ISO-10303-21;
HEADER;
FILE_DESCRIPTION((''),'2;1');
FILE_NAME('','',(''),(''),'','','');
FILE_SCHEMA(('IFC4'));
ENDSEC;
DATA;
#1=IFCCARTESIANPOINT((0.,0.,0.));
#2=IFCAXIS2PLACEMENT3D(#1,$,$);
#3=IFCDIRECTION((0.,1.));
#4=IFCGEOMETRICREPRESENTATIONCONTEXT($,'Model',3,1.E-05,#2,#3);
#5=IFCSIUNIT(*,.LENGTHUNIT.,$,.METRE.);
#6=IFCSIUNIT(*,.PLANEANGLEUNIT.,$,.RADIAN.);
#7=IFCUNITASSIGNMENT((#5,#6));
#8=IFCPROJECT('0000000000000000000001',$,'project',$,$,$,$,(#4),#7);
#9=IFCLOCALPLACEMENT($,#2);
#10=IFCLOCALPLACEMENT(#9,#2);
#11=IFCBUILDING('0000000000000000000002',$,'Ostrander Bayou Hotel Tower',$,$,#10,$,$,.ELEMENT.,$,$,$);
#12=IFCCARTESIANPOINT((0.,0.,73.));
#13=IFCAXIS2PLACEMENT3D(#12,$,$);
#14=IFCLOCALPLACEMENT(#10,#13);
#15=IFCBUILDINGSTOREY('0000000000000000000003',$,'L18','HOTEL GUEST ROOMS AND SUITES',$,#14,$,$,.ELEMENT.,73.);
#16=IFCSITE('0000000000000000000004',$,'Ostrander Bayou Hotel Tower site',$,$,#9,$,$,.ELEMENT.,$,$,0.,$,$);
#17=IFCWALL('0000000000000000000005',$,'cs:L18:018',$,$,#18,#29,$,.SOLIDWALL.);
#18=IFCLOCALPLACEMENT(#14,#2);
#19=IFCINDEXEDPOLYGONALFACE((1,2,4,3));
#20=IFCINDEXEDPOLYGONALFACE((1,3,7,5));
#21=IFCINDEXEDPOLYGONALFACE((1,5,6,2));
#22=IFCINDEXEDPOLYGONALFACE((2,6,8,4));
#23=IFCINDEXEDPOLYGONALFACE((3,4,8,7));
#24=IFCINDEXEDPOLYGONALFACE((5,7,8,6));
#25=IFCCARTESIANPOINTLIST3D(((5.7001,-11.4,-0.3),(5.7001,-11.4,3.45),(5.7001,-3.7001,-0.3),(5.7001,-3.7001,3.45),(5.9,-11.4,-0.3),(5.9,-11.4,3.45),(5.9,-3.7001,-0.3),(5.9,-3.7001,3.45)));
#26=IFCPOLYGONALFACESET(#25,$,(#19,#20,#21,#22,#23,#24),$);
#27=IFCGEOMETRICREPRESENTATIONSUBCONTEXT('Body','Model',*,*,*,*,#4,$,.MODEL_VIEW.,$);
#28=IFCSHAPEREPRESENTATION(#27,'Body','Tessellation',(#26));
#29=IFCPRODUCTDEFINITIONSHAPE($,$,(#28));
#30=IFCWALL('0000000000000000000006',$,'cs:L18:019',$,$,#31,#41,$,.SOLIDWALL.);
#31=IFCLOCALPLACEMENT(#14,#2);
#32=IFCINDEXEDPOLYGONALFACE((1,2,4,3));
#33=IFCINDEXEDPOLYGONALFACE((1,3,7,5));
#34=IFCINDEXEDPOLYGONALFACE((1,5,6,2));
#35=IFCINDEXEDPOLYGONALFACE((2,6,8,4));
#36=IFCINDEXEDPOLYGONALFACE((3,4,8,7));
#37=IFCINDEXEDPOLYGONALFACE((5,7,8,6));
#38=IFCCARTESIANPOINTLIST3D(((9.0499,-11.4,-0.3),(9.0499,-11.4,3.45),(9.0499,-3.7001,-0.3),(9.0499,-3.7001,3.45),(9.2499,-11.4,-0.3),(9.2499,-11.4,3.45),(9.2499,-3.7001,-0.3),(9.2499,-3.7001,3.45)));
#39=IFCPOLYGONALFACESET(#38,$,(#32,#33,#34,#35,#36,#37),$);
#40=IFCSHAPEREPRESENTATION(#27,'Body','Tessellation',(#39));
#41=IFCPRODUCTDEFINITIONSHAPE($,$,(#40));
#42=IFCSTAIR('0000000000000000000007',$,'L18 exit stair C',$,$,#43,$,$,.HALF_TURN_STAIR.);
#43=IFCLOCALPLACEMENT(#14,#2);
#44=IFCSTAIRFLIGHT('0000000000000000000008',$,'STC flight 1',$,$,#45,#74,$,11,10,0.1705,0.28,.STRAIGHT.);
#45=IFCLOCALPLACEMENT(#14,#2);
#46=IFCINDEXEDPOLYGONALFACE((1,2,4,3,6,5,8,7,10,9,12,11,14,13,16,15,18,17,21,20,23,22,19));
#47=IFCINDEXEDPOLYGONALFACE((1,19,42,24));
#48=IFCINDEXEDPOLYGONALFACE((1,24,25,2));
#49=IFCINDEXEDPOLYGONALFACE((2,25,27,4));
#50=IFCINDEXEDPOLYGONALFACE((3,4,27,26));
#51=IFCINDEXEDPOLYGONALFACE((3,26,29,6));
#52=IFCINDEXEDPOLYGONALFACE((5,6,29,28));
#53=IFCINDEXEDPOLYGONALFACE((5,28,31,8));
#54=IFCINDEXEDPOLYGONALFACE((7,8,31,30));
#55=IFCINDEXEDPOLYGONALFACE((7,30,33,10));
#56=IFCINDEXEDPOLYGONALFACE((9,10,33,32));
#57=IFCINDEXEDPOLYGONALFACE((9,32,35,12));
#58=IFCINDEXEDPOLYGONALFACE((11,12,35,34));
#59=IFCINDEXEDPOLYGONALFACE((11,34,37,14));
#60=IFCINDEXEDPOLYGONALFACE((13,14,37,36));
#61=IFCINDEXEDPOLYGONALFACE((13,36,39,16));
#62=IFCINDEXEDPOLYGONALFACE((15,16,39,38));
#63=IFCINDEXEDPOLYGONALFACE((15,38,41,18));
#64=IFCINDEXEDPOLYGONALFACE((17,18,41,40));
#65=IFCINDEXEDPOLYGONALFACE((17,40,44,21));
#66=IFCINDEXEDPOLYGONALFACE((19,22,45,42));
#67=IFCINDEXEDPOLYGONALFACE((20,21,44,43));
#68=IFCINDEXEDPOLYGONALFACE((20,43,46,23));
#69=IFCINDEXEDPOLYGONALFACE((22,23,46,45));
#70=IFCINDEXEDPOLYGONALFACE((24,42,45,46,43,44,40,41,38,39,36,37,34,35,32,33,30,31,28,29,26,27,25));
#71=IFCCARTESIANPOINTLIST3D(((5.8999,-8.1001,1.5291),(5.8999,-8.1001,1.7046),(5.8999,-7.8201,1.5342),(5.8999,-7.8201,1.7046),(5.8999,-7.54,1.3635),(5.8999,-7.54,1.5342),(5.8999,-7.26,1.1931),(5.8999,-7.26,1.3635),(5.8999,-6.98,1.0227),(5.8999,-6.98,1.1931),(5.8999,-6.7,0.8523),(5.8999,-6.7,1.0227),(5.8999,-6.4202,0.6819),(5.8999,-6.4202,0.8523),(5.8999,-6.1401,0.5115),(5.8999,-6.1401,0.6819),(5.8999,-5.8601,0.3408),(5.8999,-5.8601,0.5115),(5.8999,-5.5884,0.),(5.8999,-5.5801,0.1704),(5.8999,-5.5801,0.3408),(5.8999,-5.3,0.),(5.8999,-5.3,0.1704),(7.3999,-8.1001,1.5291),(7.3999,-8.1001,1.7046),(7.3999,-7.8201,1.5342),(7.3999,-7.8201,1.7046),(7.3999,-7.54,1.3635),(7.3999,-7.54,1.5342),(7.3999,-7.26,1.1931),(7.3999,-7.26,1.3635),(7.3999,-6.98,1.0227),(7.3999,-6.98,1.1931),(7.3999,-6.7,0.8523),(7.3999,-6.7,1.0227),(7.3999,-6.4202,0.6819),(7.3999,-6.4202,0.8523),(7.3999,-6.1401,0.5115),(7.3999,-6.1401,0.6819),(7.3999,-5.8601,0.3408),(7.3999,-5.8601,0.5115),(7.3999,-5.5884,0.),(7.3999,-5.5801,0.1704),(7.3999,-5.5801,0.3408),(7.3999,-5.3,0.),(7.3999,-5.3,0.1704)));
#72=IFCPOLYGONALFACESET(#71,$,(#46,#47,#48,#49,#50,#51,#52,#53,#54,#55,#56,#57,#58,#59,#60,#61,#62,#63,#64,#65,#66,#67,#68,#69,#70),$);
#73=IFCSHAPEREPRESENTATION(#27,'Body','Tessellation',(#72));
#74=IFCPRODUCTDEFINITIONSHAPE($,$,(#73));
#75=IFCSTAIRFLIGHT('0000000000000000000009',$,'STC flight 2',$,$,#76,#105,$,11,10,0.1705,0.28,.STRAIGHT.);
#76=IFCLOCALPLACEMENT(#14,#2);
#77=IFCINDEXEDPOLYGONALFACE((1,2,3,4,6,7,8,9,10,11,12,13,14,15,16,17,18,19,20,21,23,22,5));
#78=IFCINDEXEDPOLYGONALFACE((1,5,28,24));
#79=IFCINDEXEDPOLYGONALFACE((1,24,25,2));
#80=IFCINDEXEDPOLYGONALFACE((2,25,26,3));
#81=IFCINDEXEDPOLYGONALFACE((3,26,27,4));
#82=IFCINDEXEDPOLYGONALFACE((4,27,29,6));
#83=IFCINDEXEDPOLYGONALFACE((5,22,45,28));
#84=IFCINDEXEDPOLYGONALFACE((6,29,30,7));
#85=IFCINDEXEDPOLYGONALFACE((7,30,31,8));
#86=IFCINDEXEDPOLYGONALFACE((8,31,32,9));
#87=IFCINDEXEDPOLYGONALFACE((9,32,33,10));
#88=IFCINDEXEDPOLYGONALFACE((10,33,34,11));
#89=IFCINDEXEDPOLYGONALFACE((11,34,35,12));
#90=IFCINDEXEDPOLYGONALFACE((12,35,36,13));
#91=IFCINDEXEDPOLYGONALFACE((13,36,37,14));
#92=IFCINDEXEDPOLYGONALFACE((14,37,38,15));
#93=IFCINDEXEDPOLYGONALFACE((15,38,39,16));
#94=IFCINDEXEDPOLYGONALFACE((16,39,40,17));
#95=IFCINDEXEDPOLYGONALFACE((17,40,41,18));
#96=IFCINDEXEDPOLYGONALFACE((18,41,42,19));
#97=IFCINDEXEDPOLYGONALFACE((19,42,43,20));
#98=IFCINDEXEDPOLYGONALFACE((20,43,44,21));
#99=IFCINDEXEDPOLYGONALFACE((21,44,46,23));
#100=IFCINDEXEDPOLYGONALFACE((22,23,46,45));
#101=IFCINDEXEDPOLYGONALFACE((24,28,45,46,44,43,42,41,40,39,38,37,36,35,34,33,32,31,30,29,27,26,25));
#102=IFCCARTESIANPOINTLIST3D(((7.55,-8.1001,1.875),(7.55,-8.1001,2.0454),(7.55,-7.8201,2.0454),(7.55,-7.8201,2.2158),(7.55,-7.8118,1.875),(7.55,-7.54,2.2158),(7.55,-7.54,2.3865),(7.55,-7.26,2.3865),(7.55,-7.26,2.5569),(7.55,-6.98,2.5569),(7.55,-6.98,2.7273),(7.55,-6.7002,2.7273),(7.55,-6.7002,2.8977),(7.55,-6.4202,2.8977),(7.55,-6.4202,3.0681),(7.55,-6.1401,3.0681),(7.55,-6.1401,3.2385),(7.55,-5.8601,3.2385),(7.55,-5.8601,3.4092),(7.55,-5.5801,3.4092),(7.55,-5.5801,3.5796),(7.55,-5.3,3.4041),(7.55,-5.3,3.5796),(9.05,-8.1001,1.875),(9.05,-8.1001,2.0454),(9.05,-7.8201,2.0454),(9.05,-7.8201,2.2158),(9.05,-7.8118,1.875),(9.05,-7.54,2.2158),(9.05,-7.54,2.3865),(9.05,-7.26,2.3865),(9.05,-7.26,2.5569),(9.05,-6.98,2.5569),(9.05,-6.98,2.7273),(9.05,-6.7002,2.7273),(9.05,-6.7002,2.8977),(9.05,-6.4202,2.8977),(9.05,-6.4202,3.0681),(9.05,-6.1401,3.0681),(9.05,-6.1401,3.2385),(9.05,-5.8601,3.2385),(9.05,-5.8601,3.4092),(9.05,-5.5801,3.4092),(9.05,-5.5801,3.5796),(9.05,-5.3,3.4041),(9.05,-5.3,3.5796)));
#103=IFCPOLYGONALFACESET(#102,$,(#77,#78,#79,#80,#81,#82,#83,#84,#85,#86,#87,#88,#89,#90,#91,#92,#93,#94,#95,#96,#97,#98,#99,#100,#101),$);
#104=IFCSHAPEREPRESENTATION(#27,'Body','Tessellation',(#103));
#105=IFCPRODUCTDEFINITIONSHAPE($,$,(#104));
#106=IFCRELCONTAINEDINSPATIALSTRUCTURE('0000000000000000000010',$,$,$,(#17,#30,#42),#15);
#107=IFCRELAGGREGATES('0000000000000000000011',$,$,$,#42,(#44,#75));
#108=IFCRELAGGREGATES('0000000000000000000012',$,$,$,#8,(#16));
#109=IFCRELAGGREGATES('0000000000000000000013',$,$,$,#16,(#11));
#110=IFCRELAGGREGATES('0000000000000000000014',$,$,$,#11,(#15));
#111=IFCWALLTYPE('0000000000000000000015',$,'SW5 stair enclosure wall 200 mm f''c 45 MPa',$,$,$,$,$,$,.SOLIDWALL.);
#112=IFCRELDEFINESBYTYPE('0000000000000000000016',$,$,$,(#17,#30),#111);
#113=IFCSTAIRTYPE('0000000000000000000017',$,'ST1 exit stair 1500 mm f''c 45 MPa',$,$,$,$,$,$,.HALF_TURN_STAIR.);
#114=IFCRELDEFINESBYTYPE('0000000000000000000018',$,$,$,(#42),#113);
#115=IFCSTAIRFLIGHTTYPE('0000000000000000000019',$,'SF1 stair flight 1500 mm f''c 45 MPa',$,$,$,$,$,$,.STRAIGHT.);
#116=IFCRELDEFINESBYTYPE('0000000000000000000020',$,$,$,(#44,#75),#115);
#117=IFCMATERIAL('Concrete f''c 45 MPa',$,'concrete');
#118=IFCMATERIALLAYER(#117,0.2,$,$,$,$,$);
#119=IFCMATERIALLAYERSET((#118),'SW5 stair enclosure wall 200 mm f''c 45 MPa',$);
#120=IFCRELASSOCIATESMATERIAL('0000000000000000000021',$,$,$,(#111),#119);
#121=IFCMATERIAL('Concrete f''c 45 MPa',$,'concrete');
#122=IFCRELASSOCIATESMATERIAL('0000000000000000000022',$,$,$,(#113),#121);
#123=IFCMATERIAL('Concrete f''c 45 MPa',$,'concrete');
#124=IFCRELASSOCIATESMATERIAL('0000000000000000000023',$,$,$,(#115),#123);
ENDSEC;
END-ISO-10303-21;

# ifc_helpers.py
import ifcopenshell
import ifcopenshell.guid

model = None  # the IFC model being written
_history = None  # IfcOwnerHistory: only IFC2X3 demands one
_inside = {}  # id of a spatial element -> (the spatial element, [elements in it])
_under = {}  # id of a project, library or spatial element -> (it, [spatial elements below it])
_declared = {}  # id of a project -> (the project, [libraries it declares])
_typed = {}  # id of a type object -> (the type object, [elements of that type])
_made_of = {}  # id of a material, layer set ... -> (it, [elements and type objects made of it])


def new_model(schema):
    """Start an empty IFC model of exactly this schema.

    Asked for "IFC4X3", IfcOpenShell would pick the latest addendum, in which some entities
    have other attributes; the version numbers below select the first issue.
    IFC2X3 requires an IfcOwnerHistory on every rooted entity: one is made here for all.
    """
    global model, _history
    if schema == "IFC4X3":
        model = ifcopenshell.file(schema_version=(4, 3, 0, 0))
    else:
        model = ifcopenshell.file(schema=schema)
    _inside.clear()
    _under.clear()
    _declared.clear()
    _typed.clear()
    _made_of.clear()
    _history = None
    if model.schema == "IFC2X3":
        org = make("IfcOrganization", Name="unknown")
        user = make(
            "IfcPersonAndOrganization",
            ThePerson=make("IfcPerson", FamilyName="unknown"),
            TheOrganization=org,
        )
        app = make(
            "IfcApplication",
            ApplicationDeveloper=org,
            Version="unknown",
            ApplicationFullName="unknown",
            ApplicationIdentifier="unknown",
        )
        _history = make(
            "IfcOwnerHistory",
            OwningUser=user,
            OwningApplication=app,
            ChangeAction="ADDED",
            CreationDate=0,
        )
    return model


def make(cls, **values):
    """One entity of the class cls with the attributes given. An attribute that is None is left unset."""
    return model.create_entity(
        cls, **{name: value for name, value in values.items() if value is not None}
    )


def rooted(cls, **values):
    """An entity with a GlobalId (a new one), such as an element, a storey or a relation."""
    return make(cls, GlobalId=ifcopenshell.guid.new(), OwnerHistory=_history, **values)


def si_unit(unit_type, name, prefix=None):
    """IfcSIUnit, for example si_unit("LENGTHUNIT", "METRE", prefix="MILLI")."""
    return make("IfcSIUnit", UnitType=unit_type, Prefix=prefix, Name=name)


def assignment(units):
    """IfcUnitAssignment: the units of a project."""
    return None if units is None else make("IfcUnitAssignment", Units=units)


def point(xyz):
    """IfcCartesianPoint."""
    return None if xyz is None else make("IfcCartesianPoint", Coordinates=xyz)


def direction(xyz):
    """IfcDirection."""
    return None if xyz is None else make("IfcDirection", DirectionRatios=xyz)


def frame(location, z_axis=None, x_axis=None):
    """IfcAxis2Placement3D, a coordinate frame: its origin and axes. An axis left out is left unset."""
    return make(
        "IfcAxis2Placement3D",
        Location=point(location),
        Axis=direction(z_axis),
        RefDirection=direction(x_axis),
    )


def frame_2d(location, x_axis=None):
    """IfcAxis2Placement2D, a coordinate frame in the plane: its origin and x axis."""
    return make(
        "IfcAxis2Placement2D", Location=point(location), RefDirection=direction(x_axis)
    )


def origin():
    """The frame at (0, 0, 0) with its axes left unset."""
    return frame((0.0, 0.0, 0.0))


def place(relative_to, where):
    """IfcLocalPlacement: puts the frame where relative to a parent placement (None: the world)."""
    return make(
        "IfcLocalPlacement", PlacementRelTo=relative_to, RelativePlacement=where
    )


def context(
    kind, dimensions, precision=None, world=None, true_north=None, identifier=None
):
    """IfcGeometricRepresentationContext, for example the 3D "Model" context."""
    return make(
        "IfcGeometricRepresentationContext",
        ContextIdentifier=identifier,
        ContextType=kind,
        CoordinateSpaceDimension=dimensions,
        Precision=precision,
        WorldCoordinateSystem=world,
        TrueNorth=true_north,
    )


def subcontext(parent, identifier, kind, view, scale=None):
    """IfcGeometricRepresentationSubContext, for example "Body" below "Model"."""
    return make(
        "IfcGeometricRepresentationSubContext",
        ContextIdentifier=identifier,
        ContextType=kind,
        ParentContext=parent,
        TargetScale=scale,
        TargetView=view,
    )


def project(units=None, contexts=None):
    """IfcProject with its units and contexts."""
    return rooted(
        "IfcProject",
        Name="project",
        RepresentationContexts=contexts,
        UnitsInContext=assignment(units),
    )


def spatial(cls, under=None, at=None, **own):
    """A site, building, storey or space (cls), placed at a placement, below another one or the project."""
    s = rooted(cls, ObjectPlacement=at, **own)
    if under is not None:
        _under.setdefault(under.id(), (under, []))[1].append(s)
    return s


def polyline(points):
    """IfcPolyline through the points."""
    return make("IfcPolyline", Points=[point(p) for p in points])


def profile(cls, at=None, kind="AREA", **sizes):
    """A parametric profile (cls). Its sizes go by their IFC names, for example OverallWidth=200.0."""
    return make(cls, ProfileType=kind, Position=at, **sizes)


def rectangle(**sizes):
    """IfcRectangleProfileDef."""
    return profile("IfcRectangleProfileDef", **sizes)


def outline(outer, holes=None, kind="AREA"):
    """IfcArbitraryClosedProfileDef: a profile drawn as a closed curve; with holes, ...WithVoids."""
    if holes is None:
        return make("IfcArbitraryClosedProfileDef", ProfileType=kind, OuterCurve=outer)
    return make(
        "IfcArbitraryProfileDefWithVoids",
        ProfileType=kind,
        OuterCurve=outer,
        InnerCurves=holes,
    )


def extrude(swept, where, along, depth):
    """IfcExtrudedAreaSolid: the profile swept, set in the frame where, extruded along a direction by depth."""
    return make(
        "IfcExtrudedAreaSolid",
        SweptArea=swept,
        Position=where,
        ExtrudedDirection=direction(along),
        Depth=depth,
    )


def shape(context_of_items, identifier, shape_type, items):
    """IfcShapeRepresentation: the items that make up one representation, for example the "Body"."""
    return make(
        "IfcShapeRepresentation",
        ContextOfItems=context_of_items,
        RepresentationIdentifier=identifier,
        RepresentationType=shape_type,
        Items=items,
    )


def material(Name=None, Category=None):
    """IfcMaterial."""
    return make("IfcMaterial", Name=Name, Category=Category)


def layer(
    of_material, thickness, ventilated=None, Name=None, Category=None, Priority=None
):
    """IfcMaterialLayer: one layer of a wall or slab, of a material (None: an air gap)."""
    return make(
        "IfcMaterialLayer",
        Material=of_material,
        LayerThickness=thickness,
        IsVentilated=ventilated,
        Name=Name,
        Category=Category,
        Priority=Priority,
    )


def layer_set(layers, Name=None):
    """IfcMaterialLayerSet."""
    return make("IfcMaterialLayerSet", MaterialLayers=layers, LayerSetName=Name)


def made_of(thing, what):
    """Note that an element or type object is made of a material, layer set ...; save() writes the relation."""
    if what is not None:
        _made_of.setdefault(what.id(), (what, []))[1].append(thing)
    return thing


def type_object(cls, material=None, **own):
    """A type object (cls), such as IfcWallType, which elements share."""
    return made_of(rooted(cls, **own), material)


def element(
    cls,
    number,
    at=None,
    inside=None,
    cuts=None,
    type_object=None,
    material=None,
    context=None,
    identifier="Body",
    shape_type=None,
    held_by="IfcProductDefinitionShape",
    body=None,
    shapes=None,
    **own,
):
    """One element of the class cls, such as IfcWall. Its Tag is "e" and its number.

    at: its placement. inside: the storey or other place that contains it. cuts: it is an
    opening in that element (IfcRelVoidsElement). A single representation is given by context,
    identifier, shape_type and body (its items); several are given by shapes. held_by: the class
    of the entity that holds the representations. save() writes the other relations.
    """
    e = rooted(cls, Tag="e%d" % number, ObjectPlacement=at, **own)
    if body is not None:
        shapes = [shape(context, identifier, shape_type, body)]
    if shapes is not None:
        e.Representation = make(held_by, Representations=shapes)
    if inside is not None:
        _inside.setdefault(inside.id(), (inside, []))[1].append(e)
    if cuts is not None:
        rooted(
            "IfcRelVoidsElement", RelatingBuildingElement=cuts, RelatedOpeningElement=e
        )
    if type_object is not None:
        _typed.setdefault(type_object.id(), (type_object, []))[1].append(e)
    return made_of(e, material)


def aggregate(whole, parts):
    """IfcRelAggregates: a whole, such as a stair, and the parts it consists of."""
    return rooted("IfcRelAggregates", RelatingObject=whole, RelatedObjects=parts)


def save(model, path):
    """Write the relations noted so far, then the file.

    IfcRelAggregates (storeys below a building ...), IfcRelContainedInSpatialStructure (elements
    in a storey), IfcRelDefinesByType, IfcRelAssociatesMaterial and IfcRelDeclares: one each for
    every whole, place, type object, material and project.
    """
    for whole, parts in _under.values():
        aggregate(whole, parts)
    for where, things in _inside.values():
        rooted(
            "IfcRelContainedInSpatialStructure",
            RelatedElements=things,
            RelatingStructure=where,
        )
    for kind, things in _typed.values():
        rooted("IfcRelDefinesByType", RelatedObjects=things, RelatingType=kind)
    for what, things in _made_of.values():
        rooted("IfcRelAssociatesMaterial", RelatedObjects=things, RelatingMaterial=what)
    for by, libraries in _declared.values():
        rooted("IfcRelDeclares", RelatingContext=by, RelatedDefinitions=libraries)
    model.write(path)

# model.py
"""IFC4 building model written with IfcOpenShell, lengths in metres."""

from ifc_helpers import new_model, si_unit, direction, frame, frame_2d, origin, place, context, subcontext, project, spatial, polyline, rectangle, outline, extrude, material, layer, layer_set, type_object, element, aggregate, save


model = new_model("IFC4")

# Units and contexts
model_context = context("Model", 3, precision=1e-05, world=origin(), true_north=direction((0.0, 1.0)))
body_context = subcontext(model_context, "Body", "Model", "MODEL_VIEW")
ifc_project = project(units=[si_unit("LENGTHUNIT", "METRE"), si_unit("PLANEANGLEUNIT", "RADIAN")], contexts=[model_context])

# Site, building, storey
site_placement = place(None, origin())
site = spatial("IfcSite", under=ifc_project, at=site_placement, Name="Ostrander Bayou Hotel Tower site", CompositionType="ELEMENT", RefElevation=0.0)
building_placement = place(site_placement, origin())
building = spatial("IfcBuilding", under=site, at=building_placement, Name="Ostrander Bayou Hotel Tower", CompositionType="ELEMENT")
storey_placement = place(building_placement, frame((0.0, 0.0, 73.0)))
storey = spatial("IfcBuildingStorey", under=building, at=storey_placement, Name="L18", Description="HOTEL GUEST ROOMS AND SUITES", CompositionType="ELEMENT", Elevation=73.0)

# Shared definitions
ifc_material_1 = material(Name="Concrete f'c 45 MPa", Category="concrete")
ifc_layer_1 = layer(ifc_material_1, 0.2)
ifc_layer_set_1 = layer_set([ifc_layer_1], Name="SW5 stair enclosure wall 200 mm f'c 45 MPa")
wall_type_1 = type_object("IfcWallType", Name="SW5 stair enclosure wall 200 mm f'c 45 MPa", PredefinedType="SOLIDWALL", material=ifc_layer_set_1)

# Walls
for number, where, z_axis, x_axis, name in (
    (1, (5.8, -3.7, -0.3), (0.0, 0.0, 1.0), (0.0, -1.0, 0.0), "cs:L18:018"),
    (2, (9.1499, -3.7, -0.3), (0.0, 0.0, 1.0), (0.0, -1.0, 0.0), "cs:L18:019"),
):
    element("IfcWall", number, at=place(storey_placement, frame(where, z_axis=z_axis, x_axis=x_axis)), inside=storey, type_object=wall_type_1, Name=name, PredefinedType="SOLIDWALL", context=body_context, shape_type="SweptSolid", body=[
        extrude(rectangle(XDim=7.7, YDim=0.2, at=frame_2d((3.8501, 0.0))), origin(), (0.0, 0.0, 1.0), 3.75),
    ])

# Stair, stair flights
ifc_material_2 = material(Name="Concrete f'c 45 MPa", Category="concrete")
stair_type = type_object("IfcStairType", Name="ST1 exit stair 1500 mm f'c 45 MPa", PredefinedType="HALF_TURN_STAIR", material=ifc_material_2)
stair_placement = place(storey_placement, origin())
stair = element("IfcStair", 3, at=stair_placement, inside=storey, type_object=stair_type, Name="L18 exit stair C", PredefinedType="HALF_TURN_STAIR")
ifc_material_3 = material(Name="Concrete f'c 45 MPa", Category="concrete")
stair_flight_type = type_object("IfcStairFlightType", Name="SF1 stair flight 1500 mm f'c 45 MPa", PredefinedType="STRAIGHT", material=ifc_material_3)
stair_flight_1_placement = place(storey_placement, frame((6.6499, -5.3, 0.0), z_axis=(0.0, 0.0, 1.0), x_axis=(0.0, -1.0, 0.0)))
stair_flight_1 = element("IfcStairFlight", 4, at=stair_flight_1_placement, type_object=stair_flight_type, Name="STC flight 1", NumberOfRisers=11, NumberOfTreads=10, PredefinedType="STRAIGHT", RiserHeight=0.1705, TreadLength=0.28, context=body_context, shape_type="SweptSolid", body=[
    extrude(outline(polyline([(0.0, 0.0), (0.0, 0.1704), (0.28, 0.1704), (0.28, 0.3408), (0.5601, 0.3408), (0.5601, 0.5115), (0.8401, 0.5115), (0.8401, 0.6819), (1.1201, 0.6819), (1.1201, 0.8523), (1.3999, 0.8523), (1.3999, 1.0227), (1.6799, 1.0227), (1.6799, 1.1931), (1.96, 1.1931), (1.96, 1.3635), (2.24, 1.3635), (2.24, 1.5342), (2.52, 1.5342), (2.52, 1.7046), (2.8, 1.7046), (2.8, 1.875), (2.8, 1.5291), (0.2883, 0.0), (0.0, 0.0)])), frame((0.0, 0.75, 0.0), z_axis=(0.0, -1.0, 0.0), x_axis=(1.0, 0.0, 0.0)), (0.0, 0.0, 1.0), 1.5),
])
stair_flight_2_placement = place(storey_placement, frame((8.3, -8.1001, 1.875), z_axis=(0.0, 0.0, 1.0), x_axis=(0.0, 1.0, 0.0)))
stair_flight_2 = element("IfcStairFlight", 5, at=stair_flight_2_placement, type_object=stair_flight_type, Name="STC flight 2", NumberOfRisers=11, NumberOfTreads=10, PredefinedType="STRAIGHT", RiserHeight=0.1705, TreadLength=0.28, context=body_context, shape_type="SweptSolid", body=[
    extrude(outline(polyline([(0.0, 0.0), (0.0, 0.1704), (0.28, 0.1704), (0.28, 0.3408), (0.5601, 0.3408), (0.5601, 0.5115), (0.8401, 0.5115), (0.8401, 0.6819), (1.1201, 0.6819), (1.1201, 0.8523), (1.3999, 0.8523), (1.3999, 1.0227), (1.6799, 1.0227), (1.6799, 1.1931), (1.96, 1.1931), (1.96, 1.3635), (2.24, 1.3635), (2.24, 1.5342), (2.52, 1.5342), (2.52, 1.7046), (2.8, 1.7046), (2.8, 1.875), (2.8, 1.5291), (0.2883, 0.0), (0.0, 0.0)])), frame((0.0, 0.75, 0.0), z_axis=(0.0, -1.0, 0.0), x_axis=(1.0, 0.0, 0.0)), (0.0, 0.0, 1.0), 1.5),
])
aggregate(stair, [stair_flight_1, stair_flight_2])

save(model, "model.ifc")
